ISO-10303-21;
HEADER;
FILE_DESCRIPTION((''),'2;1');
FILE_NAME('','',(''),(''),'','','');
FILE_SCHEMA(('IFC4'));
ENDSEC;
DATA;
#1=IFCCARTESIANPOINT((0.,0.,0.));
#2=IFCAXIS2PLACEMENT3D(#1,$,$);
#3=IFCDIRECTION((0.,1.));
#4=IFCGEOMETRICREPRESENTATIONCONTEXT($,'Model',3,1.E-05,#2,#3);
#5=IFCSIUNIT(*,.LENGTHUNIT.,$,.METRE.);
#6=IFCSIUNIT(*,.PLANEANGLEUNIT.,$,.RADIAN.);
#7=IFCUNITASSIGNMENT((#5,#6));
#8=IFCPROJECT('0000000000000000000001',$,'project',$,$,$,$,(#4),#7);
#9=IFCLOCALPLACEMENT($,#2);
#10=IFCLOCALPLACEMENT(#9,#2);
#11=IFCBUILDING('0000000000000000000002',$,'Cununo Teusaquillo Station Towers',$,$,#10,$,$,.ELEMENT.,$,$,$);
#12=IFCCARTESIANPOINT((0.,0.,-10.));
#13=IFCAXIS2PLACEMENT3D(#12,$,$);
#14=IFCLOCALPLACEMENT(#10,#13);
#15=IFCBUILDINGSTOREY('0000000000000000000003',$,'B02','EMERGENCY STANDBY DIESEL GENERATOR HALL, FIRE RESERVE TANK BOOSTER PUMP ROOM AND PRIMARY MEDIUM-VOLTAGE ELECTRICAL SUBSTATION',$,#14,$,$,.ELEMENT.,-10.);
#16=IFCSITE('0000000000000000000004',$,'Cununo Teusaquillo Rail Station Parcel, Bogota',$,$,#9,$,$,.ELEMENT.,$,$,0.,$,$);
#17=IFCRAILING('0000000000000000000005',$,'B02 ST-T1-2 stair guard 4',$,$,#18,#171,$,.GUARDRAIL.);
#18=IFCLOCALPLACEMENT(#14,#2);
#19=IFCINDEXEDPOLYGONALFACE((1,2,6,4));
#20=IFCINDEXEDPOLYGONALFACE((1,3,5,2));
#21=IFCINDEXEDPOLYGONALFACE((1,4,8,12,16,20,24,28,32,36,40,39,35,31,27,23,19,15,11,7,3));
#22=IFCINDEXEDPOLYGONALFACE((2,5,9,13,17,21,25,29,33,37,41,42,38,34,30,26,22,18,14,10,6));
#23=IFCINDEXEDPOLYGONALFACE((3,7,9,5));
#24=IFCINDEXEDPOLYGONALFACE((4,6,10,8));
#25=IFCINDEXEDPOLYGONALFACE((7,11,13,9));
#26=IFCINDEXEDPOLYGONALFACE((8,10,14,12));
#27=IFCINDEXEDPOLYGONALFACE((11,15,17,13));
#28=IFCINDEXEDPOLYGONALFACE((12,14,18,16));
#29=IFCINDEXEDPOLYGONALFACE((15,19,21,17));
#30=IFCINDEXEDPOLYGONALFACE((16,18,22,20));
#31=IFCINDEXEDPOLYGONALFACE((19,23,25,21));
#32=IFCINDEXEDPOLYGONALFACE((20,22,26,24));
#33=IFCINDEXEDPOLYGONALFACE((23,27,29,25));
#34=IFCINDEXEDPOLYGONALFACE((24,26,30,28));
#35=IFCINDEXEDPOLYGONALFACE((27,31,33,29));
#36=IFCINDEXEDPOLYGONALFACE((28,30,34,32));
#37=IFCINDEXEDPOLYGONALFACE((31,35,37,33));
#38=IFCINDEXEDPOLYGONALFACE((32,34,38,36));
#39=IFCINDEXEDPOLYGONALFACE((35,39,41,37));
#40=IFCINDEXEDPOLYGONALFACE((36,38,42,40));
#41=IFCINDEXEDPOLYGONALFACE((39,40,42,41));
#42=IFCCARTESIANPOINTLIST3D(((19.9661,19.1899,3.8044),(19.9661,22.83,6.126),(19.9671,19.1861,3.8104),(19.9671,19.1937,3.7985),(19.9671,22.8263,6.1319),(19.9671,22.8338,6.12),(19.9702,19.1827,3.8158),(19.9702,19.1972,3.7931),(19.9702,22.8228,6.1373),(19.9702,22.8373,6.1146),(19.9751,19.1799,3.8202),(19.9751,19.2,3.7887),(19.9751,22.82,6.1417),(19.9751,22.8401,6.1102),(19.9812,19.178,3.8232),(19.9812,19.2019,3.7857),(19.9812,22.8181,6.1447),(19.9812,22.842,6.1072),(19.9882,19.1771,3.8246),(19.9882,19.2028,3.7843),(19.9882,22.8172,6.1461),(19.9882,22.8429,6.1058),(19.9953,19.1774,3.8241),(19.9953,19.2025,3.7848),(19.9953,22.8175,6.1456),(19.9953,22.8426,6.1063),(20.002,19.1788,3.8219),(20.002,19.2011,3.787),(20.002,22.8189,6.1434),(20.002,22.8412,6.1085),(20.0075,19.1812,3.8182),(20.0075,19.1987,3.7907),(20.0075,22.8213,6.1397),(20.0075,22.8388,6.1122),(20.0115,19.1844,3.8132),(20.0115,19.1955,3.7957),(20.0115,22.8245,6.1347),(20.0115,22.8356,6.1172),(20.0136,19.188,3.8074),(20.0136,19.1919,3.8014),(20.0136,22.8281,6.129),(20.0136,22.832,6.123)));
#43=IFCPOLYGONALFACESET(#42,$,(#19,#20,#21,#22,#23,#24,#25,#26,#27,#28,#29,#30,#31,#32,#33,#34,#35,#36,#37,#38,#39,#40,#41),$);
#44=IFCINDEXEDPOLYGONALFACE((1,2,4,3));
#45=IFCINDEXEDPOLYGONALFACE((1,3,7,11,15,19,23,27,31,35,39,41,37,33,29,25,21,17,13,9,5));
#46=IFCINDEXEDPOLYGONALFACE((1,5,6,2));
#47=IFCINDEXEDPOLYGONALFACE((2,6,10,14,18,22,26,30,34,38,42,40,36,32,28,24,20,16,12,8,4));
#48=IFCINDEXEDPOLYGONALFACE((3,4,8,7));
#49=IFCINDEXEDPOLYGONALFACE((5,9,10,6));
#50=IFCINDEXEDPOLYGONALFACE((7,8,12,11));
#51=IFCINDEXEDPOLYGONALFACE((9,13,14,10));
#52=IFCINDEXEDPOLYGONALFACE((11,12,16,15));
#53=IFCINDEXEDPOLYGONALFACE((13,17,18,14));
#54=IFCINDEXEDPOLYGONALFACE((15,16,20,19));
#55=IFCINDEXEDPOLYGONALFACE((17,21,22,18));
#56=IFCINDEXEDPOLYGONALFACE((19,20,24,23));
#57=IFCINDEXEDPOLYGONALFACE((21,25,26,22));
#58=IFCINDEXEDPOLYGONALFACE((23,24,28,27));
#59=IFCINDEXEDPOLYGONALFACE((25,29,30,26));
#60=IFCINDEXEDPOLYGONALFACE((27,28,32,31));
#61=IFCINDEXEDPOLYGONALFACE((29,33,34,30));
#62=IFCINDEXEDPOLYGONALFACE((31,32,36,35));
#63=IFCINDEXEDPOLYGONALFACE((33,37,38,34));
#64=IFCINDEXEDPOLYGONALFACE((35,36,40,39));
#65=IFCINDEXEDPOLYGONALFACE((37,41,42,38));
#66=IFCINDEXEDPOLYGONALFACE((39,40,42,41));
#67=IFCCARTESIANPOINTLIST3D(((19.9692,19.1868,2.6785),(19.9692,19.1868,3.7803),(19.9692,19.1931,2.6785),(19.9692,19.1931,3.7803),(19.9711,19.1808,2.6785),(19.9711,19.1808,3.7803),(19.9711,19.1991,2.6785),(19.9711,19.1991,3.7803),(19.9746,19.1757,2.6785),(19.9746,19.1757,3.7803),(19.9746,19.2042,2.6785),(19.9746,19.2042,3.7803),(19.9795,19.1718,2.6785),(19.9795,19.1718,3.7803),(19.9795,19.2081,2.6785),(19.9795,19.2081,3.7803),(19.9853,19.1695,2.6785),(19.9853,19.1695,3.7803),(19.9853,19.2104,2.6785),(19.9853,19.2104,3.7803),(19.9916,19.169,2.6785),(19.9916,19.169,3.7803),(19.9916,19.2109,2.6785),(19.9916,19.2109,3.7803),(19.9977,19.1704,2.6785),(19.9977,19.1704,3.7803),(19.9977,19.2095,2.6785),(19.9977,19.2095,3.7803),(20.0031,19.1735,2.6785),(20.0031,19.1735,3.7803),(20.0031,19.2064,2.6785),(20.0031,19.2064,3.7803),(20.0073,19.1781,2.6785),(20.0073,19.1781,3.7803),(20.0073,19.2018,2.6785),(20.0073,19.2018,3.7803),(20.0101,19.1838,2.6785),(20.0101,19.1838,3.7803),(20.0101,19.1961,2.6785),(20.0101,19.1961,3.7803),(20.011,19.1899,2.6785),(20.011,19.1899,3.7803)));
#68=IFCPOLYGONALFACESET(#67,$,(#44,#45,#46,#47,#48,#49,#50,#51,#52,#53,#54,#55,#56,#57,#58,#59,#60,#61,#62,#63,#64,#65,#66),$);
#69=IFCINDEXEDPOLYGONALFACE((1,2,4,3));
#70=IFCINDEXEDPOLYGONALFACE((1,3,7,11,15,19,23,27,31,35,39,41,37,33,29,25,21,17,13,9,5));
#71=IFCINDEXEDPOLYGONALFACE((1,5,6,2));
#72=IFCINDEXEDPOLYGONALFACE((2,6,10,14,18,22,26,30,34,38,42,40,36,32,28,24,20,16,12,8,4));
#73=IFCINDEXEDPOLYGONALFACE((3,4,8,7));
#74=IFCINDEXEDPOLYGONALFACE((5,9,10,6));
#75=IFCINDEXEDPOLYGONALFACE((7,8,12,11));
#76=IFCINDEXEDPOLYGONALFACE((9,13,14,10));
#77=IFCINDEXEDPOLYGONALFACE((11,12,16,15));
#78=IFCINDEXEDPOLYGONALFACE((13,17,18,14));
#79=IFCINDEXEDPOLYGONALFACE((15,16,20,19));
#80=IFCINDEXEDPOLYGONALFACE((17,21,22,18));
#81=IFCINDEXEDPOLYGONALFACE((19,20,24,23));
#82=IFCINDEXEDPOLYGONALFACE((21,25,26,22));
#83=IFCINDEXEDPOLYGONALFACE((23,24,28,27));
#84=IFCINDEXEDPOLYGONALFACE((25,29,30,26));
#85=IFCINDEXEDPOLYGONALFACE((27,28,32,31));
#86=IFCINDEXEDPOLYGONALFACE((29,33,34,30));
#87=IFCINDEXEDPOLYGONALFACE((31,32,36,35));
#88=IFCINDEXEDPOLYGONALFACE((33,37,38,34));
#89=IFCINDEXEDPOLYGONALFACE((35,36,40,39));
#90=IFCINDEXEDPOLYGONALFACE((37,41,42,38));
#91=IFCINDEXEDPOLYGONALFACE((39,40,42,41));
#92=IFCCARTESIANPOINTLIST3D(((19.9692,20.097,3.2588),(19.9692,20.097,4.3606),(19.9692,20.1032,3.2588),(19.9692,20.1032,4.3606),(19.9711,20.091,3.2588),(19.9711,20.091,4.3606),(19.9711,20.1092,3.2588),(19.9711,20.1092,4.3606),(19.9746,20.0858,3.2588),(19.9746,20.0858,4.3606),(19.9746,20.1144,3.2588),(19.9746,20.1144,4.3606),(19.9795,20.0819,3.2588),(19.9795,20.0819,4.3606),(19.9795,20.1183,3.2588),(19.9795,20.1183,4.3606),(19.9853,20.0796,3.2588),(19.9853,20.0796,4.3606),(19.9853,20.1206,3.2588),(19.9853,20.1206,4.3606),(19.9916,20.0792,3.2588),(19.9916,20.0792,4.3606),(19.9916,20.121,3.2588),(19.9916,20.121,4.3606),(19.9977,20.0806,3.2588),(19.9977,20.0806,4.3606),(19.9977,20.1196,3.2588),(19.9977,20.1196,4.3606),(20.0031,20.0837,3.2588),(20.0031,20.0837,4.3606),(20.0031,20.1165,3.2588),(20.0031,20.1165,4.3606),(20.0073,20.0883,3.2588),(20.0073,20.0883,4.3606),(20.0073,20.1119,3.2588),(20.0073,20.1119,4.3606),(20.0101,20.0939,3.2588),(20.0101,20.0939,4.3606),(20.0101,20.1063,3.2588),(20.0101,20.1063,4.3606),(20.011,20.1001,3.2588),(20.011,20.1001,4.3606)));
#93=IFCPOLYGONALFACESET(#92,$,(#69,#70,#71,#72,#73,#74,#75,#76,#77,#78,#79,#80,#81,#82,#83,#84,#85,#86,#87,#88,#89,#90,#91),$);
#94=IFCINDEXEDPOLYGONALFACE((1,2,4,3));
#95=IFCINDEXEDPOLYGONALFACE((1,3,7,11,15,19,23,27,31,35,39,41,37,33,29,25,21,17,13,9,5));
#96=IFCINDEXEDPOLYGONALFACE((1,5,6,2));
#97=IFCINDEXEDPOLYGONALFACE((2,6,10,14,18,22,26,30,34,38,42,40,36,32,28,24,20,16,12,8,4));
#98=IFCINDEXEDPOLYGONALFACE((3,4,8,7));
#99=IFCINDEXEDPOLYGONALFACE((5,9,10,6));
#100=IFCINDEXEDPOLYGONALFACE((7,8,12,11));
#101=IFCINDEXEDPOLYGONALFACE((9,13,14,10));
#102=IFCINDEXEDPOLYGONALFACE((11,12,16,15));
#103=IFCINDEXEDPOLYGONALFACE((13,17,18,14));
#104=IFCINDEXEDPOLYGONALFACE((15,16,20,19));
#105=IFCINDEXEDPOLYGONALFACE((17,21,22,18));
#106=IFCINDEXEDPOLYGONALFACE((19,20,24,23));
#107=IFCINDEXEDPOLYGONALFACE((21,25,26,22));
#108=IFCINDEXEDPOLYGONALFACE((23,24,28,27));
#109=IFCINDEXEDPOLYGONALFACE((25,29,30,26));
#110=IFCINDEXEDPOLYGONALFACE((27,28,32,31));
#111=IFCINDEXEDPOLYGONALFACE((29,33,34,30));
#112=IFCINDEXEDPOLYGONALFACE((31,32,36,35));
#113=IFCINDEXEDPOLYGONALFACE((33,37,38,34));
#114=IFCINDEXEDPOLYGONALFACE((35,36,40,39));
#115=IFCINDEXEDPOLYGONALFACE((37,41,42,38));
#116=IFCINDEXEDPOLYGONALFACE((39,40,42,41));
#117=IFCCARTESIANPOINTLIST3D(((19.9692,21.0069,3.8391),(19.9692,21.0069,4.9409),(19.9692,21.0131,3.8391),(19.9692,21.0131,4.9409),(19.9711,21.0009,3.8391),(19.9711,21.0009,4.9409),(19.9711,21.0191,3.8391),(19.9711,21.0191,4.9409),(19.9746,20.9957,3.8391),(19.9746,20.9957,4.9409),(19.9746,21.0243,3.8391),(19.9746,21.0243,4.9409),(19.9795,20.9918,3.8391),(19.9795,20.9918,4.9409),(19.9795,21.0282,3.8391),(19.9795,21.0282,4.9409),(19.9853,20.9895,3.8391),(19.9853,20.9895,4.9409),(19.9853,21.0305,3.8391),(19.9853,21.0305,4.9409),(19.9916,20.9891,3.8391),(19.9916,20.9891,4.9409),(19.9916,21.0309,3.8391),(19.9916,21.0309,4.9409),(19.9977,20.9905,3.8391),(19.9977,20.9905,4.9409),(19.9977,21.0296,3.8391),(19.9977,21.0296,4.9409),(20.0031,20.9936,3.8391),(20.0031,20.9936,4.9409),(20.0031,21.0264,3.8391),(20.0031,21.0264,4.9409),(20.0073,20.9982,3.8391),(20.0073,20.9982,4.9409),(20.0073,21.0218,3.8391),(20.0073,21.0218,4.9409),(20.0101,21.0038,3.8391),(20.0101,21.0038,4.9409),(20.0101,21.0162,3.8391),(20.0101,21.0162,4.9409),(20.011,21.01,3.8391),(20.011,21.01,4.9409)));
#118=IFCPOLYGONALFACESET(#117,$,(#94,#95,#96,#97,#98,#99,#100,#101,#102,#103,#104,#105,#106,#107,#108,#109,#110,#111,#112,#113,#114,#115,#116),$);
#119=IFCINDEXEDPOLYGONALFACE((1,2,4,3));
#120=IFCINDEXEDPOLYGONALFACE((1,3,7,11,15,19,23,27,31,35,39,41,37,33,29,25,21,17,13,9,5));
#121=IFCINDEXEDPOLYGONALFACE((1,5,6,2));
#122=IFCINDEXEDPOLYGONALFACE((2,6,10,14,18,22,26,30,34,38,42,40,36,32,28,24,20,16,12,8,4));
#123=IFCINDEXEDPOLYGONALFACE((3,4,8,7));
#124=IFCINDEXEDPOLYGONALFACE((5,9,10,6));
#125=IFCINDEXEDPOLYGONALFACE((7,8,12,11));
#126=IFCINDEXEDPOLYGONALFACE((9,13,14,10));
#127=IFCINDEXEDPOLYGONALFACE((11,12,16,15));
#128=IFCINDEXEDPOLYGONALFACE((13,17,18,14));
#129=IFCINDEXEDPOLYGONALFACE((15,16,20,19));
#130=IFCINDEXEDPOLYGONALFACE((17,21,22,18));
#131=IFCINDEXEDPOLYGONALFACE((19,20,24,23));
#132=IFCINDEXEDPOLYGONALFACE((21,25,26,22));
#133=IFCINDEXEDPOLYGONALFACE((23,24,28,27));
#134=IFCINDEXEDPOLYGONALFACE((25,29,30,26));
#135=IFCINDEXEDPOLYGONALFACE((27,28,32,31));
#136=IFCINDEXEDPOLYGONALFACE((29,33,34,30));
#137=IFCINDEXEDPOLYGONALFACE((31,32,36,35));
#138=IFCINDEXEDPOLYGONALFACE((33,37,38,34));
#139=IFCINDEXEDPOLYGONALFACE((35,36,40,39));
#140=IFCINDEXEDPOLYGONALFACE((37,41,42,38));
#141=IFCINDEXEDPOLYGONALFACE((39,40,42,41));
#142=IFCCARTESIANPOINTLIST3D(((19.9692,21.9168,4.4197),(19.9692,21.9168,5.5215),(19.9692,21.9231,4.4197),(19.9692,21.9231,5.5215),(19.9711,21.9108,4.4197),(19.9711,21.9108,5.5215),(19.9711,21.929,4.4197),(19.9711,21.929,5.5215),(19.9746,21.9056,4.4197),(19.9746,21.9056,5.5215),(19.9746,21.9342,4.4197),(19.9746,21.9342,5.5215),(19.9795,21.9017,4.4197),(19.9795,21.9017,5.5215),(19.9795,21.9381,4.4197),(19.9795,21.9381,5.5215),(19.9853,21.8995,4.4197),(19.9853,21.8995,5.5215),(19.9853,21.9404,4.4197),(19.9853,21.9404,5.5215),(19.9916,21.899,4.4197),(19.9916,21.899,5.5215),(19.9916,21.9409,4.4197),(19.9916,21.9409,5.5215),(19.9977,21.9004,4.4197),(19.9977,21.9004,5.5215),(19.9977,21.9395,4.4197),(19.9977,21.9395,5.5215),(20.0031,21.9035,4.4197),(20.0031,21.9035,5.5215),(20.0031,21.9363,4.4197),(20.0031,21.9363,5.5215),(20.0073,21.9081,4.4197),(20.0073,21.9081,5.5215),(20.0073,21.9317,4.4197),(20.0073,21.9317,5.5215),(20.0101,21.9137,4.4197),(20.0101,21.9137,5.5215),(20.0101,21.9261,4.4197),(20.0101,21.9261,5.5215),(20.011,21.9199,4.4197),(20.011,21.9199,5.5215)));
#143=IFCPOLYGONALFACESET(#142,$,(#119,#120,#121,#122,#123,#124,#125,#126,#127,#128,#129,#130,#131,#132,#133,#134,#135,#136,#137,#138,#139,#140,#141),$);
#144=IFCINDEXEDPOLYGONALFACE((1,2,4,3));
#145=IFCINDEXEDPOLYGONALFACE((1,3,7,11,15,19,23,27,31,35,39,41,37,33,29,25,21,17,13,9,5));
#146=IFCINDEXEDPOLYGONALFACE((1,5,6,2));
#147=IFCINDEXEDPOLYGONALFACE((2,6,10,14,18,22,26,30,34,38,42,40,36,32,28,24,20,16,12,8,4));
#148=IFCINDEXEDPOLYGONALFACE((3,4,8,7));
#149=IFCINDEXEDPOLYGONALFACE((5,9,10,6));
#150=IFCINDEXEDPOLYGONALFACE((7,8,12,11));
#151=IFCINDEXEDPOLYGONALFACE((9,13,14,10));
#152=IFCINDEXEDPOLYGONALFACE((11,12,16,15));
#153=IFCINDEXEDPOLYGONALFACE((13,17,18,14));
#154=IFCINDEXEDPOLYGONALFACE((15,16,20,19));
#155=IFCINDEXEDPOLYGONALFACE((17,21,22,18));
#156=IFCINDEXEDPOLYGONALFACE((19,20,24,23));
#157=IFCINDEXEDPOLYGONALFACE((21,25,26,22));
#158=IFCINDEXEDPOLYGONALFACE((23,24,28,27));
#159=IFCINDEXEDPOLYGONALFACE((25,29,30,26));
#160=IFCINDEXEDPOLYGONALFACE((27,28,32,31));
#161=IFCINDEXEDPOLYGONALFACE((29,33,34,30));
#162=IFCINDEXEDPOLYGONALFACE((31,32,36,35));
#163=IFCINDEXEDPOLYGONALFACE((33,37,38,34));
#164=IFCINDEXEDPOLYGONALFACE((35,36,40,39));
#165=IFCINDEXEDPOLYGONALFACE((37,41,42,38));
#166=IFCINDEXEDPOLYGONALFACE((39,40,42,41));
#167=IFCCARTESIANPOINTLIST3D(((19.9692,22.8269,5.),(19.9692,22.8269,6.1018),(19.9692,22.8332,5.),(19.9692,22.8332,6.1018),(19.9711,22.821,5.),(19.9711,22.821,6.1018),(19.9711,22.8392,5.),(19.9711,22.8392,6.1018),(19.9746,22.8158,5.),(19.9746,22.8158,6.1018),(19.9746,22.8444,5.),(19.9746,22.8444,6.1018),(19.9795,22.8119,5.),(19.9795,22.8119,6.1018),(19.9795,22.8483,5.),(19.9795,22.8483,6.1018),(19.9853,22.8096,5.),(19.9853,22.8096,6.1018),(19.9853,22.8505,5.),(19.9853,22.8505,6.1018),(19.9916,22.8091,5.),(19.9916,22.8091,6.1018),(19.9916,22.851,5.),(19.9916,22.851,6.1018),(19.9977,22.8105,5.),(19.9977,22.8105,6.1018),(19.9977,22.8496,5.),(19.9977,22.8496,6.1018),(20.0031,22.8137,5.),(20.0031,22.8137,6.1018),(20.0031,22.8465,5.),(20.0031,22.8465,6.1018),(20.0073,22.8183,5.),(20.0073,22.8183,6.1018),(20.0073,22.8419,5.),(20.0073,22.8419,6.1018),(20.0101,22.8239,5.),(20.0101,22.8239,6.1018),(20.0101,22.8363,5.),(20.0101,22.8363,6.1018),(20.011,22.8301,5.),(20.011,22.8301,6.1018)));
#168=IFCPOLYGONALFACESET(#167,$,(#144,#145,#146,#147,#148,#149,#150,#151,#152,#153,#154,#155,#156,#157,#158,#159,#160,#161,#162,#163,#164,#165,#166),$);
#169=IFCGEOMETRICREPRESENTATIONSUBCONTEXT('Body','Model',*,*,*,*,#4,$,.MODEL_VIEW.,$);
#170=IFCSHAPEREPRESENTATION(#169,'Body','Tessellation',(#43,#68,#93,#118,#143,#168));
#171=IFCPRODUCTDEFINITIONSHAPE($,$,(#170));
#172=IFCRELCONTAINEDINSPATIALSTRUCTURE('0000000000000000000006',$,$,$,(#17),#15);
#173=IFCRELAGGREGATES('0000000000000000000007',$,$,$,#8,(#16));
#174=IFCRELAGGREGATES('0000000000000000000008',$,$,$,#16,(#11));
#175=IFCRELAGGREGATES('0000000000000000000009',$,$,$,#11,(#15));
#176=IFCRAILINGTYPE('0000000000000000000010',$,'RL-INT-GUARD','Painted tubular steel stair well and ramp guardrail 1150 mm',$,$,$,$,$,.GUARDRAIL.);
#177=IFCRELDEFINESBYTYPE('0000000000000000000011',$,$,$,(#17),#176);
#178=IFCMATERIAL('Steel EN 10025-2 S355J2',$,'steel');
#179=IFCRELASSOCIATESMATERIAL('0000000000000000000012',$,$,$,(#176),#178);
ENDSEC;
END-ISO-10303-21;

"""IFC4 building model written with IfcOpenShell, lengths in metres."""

from ifc_helpers import new_model, si_unit, direction, frame, origin, origin_2d, place, context, subcontext, project, spatial, circle, extrude, material, type_object, element, save


model = new_model("IFC4")

# Units and contexts
model_context = context("Model", 3, precision=1e-05, world=origin(), true_north=direction((0.0, 1.0)))
body_context = subcontext(model_context, "Body", "Model", "MODEL_VIEW")
ifc_project = project(units=[si_unit("LENGTHUNIT", "METRE"), si_unit("PLANEANGLEUNIT", "RADIAN")], contexts=[model_context])

# Site, building, storey
site_placement = place(None, origin())
site = spatial("IfcSite", under=ifc_project, at=site_placement, Name="Cununo Teusaquillo Rail Station Parcel, Bogota", CompositionType="ELEMENT", RefElevation=0.0)
building_placement = place(site_placement, origin())
building = spatial("IfcBuilding", under=site, at=building_placement, Name="Cununo Teusaquillo Station Towers", CompositionType="ELEMENT")
storey_placement = place(building_placement, frame((0.0, 0.0, -10.0)))
storey = spatial("IfcBuildingStorey", under=building, at=storey_placement, Name="B02", Description="EMERGENCY STANDBY DIESEL GENERATOR HALL, FIRE RESERVE TANK BOOSTER PUMP ROOM AND PRIMARY MEDIUM-VOLTAGE ELECTRICAL SUBSTATION", CompositionType="ELEMENT", Elevation=-10.0)

# Railing
ifc_material_1 = material(Name="Steel EN 10025-2 S355J2", Category="steel")
railing_type_1 = type_object("IfcRailingType", Name="RL-INT-GUARD", Description="Painted tubular steel stair well and ramp guardrail 1150 mm", PredefinedType="GUARDRAIL", material=ifc_material_1)
railing_1_placement = place(storey_placement, frame((19.99, 19.1899, 2.6785)))
element("IfcRailing", 1, at=railing_1_placement, inside=storey, type_object=railing_type_1, Name="B02 ST-T1-2 stair guard 4", PredefinedType="GUARDRAIL", context=body_context, shape_type="SweptSolid", body=[
    extrude(circle(Radius=0.0239, at=origin_2d()), frame((0.0, 0.0, 1.126), z_axis=(0.0, 0.843128, 0.537713), x_axis=(-1.0, 0.0, 0.0)), (0.0, 0.0, 1.0), 4.3174),
    extrude(circle(Radius=0.021, at=origin_2d()), origin(), (0.0, 0.0, 1.0), 1.1018),
    extrude(circle(Radius=0.021, at=origin_2d()), frame((0.0, 0.9102, 0.5803)), (0.0, 0.0, 1.0), 1.1018),
    extrude(circle(Radius=0.021, at=origin_2d()), frame((0.0, 1.8201, 1.1606)), (0.0, 0.0, 1.0), 1.1018),
    extrude(circle(Radius=0.021, at=origin_2d()), frame((0.0, 2.73, 1.7412)), (0.0, 0.0, 1.0), 1.1018),
    extrude(circle(Radius=0.021, at=origin_2d()), frame((0.0, 3.6401, 2.3215)), (0.0, 0.0, 1.0), 1.1018),
])

save(model, "model.ifc")
